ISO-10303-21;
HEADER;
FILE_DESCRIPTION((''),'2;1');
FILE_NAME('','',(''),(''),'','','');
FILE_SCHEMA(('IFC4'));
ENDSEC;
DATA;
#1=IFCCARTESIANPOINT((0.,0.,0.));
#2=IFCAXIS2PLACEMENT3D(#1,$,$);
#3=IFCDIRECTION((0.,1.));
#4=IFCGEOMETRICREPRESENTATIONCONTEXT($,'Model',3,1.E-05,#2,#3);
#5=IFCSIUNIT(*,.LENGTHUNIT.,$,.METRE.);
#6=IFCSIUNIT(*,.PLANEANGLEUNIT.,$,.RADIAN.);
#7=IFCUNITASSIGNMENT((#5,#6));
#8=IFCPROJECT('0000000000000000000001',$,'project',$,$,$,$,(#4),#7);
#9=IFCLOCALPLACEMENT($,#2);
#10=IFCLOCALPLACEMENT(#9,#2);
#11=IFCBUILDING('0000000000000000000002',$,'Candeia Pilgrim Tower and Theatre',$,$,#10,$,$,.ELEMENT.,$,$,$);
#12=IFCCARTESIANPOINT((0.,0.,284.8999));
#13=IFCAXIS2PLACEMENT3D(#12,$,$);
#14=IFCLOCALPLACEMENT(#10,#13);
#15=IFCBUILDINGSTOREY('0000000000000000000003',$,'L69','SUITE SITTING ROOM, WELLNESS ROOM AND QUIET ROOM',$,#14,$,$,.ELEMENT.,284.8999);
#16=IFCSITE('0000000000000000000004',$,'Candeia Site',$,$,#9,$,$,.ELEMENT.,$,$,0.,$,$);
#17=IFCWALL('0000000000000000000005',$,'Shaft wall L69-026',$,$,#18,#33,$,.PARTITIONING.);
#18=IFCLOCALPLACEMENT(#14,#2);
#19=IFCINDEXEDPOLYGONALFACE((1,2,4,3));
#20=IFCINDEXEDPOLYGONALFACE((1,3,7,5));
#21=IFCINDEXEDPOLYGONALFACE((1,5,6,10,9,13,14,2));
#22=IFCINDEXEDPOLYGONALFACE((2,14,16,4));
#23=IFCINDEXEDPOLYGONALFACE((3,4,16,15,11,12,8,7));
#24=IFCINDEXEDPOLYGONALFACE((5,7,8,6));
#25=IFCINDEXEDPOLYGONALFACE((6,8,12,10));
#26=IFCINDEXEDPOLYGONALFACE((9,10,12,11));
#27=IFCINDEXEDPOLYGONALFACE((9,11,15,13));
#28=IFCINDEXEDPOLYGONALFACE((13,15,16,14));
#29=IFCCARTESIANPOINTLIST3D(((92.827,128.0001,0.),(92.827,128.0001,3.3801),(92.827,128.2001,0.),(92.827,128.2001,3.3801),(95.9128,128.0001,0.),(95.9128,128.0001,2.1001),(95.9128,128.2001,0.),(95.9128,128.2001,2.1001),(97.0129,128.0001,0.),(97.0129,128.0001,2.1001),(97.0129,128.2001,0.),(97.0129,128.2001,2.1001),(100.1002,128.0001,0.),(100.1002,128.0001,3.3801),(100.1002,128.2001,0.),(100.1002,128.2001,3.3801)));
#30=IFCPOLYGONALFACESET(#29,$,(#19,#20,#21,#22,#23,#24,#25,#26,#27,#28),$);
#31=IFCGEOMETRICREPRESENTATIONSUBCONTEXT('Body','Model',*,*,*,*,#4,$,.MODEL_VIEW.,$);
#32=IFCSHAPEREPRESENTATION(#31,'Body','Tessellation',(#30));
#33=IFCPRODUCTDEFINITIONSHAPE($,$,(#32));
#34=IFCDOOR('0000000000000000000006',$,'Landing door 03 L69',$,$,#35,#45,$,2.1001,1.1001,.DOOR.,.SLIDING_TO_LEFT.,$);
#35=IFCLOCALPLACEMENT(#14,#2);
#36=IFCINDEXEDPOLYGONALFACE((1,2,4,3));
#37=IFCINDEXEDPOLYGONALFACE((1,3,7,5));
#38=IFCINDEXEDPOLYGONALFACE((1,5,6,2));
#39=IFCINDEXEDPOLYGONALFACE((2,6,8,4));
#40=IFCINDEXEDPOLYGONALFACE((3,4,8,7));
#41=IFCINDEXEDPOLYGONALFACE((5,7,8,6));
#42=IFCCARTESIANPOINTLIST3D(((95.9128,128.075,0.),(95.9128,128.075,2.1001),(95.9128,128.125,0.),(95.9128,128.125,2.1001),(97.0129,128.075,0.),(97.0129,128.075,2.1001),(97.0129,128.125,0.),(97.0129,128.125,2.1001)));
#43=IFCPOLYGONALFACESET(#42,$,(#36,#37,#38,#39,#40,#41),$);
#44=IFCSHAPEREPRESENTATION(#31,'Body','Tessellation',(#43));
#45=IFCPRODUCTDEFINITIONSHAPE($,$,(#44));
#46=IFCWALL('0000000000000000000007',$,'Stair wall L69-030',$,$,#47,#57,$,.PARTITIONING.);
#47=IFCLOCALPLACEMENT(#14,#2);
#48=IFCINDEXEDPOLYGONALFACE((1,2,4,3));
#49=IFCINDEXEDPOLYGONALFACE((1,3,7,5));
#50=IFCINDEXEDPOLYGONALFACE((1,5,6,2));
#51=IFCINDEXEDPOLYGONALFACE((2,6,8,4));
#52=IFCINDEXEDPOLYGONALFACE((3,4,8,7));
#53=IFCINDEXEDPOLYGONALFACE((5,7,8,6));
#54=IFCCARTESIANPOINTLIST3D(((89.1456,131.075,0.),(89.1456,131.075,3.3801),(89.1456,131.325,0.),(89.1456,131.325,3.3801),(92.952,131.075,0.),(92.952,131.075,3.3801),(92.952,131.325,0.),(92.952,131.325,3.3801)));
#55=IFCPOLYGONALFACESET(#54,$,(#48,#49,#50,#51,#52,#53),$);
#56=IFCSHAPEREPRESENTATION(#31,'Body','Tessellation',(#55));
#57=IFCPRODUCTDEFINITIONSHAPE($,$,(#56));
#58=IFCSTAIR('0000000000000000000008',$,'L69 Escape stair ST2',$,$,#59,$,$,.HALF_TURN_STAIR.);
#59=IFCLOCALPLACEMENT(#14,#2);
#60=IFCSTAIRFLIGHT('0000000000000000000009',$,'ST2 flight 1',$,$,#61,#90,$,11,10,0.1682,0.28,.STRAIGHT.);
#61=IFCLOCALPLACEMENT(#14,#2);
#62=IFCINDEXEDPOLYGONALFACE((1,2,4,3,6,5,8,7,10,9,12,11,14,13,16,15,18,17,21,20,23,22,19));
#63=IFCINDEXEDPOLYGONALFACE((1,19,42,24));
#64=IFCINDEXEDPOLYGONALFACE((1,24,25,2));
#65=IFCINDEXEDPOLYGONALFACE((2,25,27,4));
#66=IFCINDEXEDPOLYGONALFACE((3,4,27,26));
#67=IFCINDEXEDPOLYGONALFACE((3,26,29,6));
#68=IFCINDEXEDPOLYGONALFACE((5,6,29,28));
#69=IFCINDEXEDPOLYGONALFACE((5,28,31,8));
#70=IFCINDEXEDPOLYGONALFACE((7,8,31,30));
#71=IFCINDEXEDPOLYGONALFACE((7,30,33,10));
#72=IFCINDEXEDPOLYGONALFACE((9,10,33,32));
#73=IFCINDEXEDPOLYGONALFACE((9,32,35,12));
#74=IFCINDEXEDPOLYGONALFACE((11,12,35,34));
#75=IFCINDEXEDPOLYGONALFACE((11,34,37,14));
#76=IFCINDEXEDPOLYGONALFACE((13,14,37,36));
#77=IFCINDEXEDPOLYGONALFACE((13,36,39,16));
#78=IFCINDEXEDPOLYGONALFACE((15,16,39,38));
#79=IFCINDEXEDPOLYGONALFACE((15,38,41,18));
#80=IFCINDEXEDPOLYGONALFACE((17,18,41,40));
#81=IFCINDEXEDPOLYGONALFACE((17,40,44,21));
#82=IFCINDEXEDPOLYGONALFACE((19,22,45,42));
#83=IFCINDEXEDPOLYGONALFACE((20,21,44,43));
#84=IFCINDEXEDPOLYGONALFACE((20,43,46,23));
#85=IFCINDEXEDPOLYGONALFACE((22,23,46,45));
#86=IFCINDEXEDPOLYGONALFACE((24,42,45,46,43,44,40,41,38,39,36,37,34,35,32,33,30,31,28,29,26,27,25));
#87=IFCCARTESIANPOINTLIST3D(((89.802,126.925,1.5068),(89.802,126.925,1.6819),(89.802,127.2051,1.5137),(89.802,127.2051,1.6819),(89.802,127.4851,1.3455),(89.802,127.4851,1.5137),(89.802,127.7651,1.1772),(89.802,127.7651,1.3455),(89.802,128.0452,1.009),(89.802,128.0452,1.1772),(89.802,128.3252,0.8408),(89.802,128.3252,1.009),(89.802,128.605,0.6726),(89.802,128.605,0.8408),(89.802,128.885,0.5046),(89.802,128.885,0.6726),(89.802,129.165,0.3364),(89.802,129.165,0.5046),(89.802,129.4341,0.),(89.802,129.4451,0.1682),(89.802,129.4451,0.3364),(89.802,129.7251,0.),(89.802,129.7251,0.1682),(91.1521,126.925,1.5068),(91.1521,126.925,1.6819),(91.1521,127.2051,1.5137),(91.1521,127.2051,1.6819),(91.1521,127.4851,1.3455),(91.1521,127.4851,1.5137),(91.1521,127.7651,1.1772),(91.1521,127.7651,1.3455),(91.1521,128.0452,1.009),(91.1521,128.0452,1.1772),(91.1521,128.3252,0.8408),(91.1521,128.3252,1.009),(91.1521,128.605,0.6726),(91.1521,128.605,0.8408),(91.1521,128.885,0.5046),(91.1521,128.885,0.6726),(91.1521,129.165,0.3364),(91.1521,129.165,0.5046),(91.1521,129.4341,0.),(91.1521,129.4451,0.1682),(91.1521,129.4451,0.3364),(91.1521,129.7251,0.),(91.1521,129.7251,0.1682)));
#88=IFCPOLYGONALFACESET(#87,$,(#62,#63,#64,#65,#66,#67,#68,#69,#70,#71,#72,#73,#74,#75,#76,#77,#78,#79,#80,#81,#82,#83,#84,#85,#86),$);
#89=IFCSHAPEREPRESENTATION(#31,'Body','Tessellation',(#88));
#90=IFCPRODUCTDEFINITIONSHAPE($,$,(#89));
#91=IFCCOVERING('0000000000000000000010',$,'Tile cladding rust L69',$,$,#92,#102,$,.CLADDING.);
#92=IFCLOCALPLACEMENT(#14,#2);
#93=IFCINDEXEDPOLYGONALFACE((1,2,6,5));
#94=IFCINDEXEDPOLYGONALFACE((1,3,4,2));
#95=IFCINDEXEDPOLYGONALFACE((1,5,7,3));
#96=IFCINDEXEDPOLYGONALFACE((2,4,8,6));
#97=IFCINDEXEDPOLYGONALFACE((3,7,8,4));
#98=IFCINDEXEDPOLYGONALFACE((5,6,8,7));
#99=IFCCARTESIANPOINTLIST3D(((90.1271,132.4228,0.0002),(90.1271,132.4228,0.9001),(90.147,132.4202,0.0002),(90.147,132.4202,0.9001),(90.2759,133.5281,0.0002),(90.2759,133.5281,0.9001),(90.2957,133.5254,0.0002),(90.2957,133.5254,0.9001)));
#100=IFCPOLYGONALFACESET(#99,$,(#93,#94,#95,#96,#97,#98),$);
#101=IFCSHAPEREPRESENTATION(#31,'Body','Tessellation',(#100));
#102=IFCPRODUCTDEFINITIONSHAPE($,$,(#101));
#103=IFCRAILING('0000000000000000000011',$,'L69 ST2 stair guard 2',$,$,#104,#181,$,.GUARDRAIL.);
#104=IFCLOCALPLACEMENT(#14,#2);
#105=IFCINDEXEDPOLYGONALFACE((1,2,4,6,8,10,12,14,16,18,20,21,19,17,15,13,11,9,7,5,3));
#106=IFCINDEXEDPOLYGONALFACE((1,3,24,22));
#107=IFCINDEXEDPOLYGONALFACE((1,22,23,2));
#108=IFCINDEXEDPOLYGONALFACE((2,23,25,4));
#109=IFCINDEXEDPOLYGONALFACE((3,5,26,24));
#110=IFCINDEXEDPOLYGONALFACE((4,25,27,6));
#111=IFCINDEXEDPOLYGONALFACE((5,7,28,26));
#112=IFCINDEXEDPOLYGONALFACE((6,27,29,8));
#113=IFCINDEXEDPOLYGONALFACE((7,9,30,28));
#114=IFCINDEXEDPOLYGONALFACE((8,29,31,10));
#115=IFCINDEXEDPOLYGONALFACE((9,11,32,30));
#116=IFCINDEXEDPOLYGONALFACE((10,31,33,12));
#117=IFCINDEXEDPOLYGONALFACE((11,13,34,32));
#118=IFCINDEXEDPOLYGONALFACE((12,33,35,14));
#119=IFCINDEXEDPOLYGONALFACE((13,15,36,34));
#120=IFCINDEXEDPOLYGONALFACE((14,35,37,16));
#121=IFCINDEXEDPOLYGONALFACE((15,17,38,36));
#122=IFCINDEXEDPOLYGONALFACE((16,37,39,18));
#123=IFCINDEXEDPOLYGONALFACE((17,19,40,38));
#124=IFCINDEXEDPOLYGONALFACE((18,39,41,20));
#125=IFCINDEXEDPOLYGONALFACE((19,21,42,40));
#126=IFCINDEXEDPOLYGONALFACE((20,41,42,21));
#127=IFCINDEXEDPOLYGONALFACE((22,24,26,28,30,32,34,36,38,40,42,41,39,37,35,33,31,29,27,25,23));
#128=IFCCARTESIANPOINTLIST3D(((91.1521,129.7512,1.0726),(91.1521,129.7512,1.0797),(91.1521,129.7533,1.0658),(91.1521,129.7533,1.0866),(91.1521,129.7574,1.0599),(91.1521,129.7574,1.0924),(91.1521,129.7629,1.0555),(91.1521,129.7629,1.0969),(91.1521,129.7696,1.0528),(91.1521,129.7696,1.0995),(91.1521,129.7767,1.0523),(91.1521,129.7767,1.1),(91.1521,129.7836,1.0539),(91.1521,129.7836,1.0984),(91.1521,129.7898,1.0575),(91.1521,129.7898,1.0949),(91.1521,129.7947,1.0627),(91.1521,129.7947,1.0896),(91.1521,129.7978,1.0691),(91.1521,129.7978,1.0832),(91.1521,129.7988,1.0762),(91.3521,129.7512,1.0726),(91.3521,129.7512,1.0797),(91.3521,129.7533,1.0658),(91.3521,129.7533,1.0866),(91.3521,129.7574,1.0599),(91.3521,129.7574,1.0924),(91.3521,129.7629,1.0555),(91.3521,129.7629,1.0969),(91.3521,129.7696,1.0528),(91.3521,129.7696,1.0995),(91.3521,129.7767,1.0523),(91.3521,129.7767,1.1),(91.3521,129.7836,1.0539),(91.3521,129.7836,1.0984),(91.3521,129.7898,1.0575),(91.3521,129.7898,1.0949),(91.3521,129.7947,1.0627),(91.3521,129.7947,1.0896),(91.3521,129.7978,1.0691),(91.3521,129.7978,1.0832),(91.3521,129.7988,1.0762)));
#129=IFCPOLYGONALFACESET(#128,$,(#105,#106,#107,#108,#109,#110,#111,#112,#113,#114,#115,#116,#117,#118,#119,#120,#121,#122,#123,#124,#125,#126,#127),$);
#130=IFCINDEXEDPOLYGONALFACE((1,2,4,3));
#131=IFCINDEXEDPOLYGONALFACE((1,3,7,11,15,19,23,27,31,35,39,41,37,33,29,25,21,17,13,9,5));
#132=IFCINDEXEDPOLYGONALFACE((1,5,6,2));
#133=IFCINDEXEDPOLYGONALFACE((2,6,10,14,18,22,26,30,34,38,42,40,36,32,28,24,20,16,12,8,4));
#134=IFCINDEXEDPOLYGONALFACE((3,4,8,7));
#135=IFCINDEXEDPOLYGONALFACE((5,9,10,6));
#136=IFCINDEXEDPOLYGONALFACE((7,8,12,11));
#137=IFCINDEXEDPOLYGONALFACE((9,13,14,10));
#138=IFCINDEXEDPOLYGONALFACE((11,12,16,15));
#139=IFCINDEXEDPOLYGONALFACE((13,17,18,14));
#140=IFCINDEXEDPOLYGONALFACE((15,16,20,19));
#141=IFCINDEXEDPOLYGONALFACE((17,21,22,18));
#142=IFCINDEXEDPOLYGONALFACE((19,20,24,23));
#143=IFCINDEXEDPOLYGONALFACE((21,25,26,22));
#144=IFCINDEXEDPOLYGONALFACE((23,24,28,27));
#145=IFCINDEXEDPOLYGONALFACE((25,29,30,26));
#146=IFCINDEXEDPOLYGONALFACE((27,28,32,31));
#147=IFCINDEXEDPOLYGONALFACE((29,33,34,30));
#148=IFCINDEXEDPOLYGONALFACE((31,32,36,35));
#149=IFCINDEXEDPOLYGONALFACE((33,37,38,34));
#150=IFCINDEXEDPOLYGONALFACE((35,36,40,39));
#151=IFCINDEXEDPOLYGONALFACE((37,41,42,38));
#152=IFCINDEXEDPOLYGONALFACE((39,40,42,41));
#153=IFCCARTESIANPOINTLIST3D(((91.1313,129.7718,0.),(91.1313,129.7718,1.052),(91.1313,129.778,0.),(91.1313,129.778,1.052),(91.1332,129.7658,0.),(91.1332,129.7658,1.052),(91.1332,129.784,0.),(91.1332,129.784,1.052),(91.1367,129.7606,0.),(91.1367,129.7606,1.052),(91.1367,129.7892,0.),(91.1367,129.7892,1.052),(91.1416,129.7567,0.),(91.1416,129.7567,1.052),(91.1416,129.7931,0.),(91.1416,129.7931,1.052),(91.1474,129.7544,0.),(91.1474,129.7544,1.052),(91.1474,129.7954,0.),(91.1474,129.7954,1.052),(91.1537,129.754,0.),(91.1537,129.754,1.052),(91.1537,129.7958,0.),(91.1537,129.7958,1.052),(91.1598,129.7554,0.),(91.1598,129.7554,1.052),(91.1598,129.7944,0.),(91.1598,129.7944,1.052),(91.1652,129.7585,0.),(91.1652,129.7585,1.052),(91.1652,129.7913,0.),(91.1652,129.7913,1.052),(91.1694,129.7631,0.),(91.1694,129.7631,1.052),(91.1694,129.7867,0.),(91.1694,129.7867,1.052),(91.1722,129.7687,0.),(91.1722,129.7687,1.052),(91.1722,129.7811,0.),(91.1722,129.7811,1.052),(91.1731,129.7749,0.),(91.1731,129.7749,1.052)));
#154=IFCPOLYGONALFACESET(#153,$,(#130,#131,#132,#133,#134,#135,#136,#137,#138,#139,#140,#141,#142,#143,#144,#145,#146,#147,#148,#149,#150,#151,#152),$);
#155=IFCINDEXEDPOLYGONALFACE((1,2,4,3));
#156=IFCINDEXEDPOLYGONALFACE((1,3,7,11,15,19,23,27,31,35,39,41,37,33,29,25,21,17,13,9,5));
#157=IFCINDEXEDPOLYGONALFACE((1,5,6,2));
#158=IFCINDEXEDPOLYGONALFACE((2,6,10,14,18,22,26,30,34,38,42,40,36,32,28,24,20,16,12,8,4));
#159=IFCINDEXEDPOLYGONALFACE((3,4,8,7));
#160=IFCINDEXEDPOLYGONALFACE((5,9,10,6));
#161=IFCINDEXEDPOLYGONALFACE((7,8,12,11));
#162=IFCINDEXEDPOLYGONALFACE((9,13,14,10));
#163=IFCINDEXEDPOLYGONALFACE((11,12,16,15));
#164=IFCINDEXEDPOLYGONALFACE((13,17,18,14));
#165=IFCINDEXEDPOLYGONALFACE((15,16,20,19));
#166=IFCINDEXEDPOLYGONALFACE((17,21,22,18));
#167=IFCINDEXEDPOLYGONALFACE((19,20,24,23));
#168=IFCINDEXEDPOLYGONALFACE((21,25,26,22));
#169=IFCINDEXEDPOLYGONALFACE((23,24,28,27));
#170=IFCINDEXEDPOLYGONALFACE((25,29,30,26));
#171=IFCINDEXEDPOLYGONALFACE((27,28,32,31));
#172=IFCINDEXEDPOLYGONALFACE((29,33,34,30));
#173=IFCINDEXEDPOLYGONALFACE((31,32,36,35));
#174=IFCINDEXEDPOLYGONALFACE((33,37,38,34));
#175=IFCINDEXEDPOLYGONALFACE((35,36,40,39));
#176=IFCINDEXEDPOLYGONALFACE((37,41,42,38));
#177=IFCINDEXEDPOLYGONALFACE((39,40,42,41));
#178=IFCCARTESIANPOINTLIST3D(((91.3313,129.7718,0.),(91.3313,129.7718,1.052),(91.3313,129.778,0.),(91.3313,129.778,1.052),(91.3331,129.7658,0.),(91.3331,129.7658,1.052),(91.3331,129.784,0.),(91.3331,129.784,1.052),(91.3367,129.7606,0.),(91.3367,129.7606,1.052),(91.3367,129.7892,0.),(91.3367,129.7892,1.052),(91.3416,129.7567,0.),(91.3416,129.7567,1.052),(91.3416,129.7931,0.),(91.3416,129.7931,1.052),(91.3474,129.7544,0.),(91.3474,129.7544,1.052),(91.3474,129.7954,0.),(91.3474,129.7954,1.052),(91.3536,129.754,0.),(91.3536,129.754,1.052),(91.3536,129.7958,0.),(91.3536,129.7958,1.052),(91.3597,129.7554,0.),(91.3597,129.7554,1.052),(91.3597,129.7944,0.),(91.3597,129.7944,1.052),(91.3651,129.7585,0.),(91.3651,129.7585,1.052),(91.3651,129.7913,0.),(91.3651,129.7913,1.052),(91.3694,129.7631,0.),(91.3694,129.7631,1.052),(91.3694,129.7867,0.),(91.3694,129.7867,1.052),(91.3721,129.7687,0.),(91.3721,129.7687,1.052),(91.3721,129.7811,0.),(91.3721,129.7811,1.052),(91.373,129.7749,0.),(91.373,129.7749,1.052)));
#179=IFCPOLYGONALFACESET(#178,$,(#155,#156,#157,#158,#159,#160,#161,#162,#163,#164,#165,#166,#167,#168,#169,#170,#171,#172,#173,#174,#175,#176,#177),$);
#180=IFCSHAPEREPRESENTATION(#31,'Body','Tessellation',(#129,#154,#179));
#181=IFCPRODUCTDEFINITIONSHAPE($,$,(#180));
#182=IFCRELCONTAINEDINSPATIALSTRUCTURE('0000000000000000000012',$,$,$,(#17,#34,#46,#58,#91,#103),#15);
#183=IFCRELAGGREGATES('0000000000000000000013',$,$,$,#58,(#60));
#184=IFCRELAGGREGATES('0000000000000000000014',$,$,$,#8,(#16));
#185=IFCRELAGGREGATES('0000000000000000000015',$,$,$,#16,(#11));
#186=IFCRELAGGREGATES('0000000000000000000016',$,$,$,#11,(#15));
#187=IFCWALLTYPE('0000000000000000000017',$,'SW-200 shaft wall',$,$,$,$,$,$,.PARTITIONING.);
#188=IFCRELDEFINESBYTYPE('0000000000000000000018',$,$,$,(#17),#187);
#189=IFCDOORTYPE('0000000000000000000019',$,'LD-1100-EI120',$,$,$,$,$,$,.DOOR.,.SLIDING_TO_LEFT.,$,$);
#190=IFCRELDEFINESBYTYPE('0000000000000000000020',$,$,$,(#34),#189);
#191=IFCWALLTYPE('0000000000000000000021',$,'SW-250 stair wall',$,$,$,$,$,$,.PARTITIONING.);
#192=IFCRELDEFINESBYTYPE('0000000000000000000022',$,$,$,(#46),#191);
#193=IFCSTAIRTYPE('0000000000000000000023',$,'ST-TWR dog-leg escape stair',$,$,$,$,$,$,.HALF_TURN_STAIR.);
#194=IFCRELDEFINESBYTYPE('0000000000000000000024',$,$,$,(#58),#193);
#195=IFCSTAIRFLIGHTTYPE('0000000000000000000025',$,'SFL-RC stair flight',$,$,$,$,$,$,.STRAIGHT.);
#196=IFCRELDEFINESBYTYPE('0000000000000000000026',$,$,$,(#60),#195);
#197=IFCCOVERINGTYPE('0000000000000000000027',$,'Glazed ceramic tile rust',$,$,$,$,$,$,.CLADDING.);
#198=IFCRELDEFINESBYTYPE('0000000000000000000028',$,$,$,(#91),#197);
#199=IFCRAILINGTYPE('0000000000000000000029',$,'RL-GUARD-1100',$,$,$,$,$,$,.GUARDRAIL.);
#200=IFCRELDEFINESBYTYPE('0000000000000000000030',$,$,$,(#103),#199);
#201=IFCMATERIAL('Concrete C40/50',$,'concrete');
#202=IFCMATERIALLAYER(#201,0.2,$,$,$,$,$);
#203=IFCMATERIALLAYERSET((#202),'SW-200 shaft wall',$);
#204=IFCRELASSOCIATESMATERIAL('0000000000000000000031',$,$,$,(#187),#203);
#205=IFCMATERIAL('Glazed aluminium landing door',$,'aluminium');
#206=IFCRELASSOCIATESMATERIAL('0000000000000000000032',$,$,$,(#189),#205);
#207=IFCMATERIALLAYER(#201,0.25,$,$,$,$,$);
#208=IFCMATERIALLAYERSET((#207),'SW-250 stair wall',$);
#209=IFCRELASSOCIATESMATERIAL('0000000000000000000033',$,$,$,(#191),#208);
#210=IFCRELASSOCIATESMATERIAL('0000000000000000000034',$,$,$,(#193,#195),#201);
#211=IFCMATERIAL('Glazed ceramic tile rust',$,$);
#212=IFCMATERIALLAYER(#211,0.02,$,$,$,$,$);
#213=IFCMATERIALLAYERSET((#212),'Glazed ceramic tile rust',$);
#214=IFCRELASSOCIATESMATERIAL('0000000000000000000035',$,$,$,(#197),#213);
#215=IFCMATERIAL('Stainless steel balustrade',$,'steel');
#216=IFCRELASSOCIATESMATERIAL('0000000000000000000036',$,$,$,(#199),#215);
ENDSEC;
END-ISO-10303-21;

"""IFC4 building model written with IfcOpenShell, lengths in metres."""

from ifc_helpers import new_model, si_unit, direction, frame, frame_2d, origin, origin_2d, place, context, subcontext, project, spatial, polyline, rectangle, circle, outline, extrude, material, layer, layer_set, type_object, element, fill, aggregate, save


model = new_model("IFC4")

# Units and contexts
model_context = context("Model", 3, precision=1e-05, world=origin(), true_north=direction((0.0, 1.0)))
body_context = subcontext(model_context, "Body", "Model", "MODEL_VIEW")
ifc_project = project(units=[si_unit("LENGTHUNIT", "METRE"), si_unit("PLANEANGLEUNIT", "RADIAN")], contexts=[model_context])

# Site, building, storey
site_placement = place(None, origin())
site = spatial("IfcSite", under=ifc_project, at=site_placement, Name="Candeia Site", CompositionType="ELEMENT", RefElevation=0.0)
building_placement = place(site_placement, origin())
building = spatial("IfcBuilding", under=site, at=building_placement, Name="Candeia Pilgrim Tower and Theatre", CompositionType="ELEMENT")
storey_placement = place(building_placement, frame((0.0, 0.0, 284.8999)))
storey = spatial("IfcBuildingStorey", under=building, at=storey_placement, Name="L69", Description="SUITE SITTING ROOM, WELLNESS ROOM AND QUIET ROOM", CompositionType="ELEMENT", Elevation=284.8999)

# Shared definitions
ifc_material_1 = material(Name="Concrete C40/50", Category="concrete")

# Wall, opening, door
ifc_layer_1 = layer(ifc_material_1, 0.2)
ifc_layer_set_1 = layer_set([ifc_layer_1], Name="SW-200 shaft wall")
wall_type_1 = type_object("IfcWallType", Name="SW-200 shaft wall", PredefinedType="PARTITIONING", material=ifc_layer_set_1)
wall_1_placement = place(storey_placement, frame((92.8269, 128.1001, 0.0), z_axis=(0.0, 0.0, 1.0), x_axis=(1.0, 0.0, 0.0)))
wall_1 = element("IfcWall", 1, at=wall_1_placement, inside=storey, type_object=wall_type_1, Name="Shaft wall L69-026", PredefinedType="PARTITIONING", context=body_context, shape_type="SweptSolid", body=[
    extrude(rectangle(XDim=7.2732, YDim=0.2, at=frame_2d((3.6367, 0.0))), origin(), (0.0, 0.0, 1.0), 3.3801),
])
opening_1_placement = place(wall_1_placement, frame((3.0859, 0.0, 0.0)))
opening_1 = element("IfcOpeningElement", 2, at=opening_1_placement, cuts=wall_1, PredefinedType="OPENING", context=body_context, shape_type="SweptSolid", body=[
    extrude(rectangle(XDim=1.1001, YDim=2.1001, at=frame_2d((0.55, 1.05))), frame((0.0, 0.1099, 0.0), z_axis=(0.0, -1.0, 0.0), x_axis=(1.0, 0.0, 0.0)), (0.0, 0.0, 1.0), 0.22),
])
ifc_material_2 = material(Name="Glazed aluminium landing door", Category="aluminium")
door_type_1 = type_object("IfcDoorType", Name="LD-1100-EI120", OperationType="SLIDING_TO_LEFT", PredefinedType="DOOR", material=ifc_material_2)
door_1_placement = place(opening_1_placement, origin())
door_1 = element("IfcDoor", 3, at=door_1_placement, inside=storey, type_object=door_type_1, Name="Landing door 03 L69", OperationType="SLIDING_TO_LEFT", OverallHeight=2.1001, OverallWidth=1.1001, PredefinedType="DOOR", context=body_context, shape_type="SweptSolid", body=[
    extrude(rectangle(XDim=1.1001, YDim=2.1001, at=frame_2d((0.55, 1.05))), frame((0.0, 0.0249, 0.0), z_axis=(0.0, -1.0, 0.0), x_axis=(1.0, 0.0, 0.0)), (0.0, 0.0, 1.0), 0.05),
])
fill(opening_1, door_1)

# Wall
ifc_layer_2 = layer(ifc_material_1, 0.25)
ifc_layer_set_2 = layer_set([ifc_layer_2], Name="SW-250 stair wall")
wall_type_2 = type_object("IfcWallType", Name="SW-250 stair wall", PredefinedType="PARTITIONING", material=ifc_layer_set_2)
wall_2_placement = place(storey_placement, frame((89.1455, 131.2, 0.0), z_axis=(0.0, 0.0, 1.0), x_axis=(1.0, 0.0, 0.0)))
element("IfcWall", 4, at=wall_2_placement, inside=storey, type_object=wall_type_2, Name="Stair wall L69-030", PredefinedType="PARTITIONING", context=body_context, shape_type="SweptSolid", body=[
    extrude(rectangle(XDim=3.8064, YDim=0.25, at=frame_2d((1.9033, 0.0))), origin(), (0.0, 0.0, 1.0), 3.3801),
])

# Stair, stair flight
stair_type = type_object("IfcStairType", Name="ST-TWR dog-leg escape stair", PredefinedType="HALF_TURN_STAIR", material=ifc_material_1)
stair_placement = place(storey_placement, origin())
stair = element("IfcStair", 5, at=stair_placement, inside=storey, type_object=stair_type, Name="L69 Escape stair ST2", PredefinedType="HALF_TURN_STAIR")
stair_flight_type = type_object("IfcStairFlightType", Name="SFL-RC stair flight", PredefinedType="STRAIGHT", material=ifc_material_1)
stair_flight_placement = place(storey_placement, frame((90.4771, 129.7251, 0.0), z_axis=(0.0, 0.0, 1.0), x_axis=(0.0, -1.0, 0.0)))
stair_flight = element("IfcStairFlight", 6, at=stair_flight_placement, type_object=stair_flight_type, Name="ST2 flight 1", NumberOfRisers=11, NumberOfTreads=10, PredefinedType="STRAIGHT", RiserHeight=0.1682, TreadLength=0.28, context=body_context, shape_type="SweptSolid", body=[
    extrude(outline(polyline([(0.0, 0.0), (0.0, 0.1682), (0.28, 0.1682), (0.28, 0.3364), (0.5601, 0.3364), (0.5601, 0.5046), (0.8401, 0.5046), (0.8401, 0.6726), (1.1201, 0.6726), (1.1201, 0.8408), (1.3999, 0.8408), (1.3999, 1.009), (1.6799, 1.009), (1.6799, 1.1772), (1.96, 1.1772), (1.96, 1.3455), (2.24, 1.3455), (2.24, 1.5137), (2.52, 1.5137), (2.52, 1.6819), (2.8, 1.6819), (2.8, 1.8501), (2.8, 1.5068), (0.291, 0.0), (0.0, 0.0)])), frame((0.0, 0.675, 0.0), z_axis=(0.0, -1.0, 0.0), x_axis=(1.0, 0.0, 0.0)), (0.0, 0.0, 1.0), 1.3501),
])
aggregate(stair, [stair_flight])

# Shared definitions
ifc_material_3 = material(Name="Stainless steel balustrade", Category="steel")

# Covering
ifc_material_4 = material(Name="Glazed ceramic tile rust")
ifc_layer_3 = layer(ifc_material_4, 0.02)
ifc_layer_set_3 = layer_set([ifc_layer_3], Name="Glazed ceramic tile rust")
covering_type = type_object("IfcCoveringType", Name="Glazed ceramic tile rust", PredefinedType="CLADDING", material=ifc_layer_set_3)
covering_placement = place(storey_placement, frame((90.2114, 132.9741, 0.0002), z_axis=(0.0, 0.0, 1.0), x_axis=(-0.133412, -0.991061, 0.0)))
element("IfcCovering", 7, at=covering_placement, inside=storey, type_object=covering_type, Name="Tile cladding rust L69", PredefinedType="CLADDING", context=body_context, shape_type="SweptSolid", body=[
    extrude(rectangle(XDim=1.1152, YDim=0.02, at=origin_2d()), origin(), (0.0, 0.0, 1.0), 0.8999),
])

# Railing
railing_type_1 = type_object("IfcRailingType", Name="RL-GUARD-1100", PredefinedType="GUARDRAIL", material=ifc_material_3)
railing_1_placement = place(storey_placement, frame((91.1521, 129.7749, 0.0)))
element("IfcRailing", 8, at=railing_1_placement, inside=storey, type_object=railing_type_1, Name="L69 ST2 stair guard 2", PredefinedType="GUARDRAIL", context=body_context, shape_type="SweptSolid", body=[
    extrude(circle(Radius=0.0239, at=origin_2d()), frame((0.0, 0.0, 1.0762), z_axis=(1.0, 0.0, 0.0), x_axis=(0.0, 1.0, 0.0)), (0.0, 0.0, 1.0), 0.2),
    extrude(circle(Radius=0.021, at=origin_2d()), origin(), (0.0, 0.0, 1.0), 1.052),
    extrude(circle(Radius=0.021, at=origin_2d()), frame((0.2, 0.0, 0.0)), (0.0, 0.0, 1.0), 1.052),
])

save(model, "model.ifc")
